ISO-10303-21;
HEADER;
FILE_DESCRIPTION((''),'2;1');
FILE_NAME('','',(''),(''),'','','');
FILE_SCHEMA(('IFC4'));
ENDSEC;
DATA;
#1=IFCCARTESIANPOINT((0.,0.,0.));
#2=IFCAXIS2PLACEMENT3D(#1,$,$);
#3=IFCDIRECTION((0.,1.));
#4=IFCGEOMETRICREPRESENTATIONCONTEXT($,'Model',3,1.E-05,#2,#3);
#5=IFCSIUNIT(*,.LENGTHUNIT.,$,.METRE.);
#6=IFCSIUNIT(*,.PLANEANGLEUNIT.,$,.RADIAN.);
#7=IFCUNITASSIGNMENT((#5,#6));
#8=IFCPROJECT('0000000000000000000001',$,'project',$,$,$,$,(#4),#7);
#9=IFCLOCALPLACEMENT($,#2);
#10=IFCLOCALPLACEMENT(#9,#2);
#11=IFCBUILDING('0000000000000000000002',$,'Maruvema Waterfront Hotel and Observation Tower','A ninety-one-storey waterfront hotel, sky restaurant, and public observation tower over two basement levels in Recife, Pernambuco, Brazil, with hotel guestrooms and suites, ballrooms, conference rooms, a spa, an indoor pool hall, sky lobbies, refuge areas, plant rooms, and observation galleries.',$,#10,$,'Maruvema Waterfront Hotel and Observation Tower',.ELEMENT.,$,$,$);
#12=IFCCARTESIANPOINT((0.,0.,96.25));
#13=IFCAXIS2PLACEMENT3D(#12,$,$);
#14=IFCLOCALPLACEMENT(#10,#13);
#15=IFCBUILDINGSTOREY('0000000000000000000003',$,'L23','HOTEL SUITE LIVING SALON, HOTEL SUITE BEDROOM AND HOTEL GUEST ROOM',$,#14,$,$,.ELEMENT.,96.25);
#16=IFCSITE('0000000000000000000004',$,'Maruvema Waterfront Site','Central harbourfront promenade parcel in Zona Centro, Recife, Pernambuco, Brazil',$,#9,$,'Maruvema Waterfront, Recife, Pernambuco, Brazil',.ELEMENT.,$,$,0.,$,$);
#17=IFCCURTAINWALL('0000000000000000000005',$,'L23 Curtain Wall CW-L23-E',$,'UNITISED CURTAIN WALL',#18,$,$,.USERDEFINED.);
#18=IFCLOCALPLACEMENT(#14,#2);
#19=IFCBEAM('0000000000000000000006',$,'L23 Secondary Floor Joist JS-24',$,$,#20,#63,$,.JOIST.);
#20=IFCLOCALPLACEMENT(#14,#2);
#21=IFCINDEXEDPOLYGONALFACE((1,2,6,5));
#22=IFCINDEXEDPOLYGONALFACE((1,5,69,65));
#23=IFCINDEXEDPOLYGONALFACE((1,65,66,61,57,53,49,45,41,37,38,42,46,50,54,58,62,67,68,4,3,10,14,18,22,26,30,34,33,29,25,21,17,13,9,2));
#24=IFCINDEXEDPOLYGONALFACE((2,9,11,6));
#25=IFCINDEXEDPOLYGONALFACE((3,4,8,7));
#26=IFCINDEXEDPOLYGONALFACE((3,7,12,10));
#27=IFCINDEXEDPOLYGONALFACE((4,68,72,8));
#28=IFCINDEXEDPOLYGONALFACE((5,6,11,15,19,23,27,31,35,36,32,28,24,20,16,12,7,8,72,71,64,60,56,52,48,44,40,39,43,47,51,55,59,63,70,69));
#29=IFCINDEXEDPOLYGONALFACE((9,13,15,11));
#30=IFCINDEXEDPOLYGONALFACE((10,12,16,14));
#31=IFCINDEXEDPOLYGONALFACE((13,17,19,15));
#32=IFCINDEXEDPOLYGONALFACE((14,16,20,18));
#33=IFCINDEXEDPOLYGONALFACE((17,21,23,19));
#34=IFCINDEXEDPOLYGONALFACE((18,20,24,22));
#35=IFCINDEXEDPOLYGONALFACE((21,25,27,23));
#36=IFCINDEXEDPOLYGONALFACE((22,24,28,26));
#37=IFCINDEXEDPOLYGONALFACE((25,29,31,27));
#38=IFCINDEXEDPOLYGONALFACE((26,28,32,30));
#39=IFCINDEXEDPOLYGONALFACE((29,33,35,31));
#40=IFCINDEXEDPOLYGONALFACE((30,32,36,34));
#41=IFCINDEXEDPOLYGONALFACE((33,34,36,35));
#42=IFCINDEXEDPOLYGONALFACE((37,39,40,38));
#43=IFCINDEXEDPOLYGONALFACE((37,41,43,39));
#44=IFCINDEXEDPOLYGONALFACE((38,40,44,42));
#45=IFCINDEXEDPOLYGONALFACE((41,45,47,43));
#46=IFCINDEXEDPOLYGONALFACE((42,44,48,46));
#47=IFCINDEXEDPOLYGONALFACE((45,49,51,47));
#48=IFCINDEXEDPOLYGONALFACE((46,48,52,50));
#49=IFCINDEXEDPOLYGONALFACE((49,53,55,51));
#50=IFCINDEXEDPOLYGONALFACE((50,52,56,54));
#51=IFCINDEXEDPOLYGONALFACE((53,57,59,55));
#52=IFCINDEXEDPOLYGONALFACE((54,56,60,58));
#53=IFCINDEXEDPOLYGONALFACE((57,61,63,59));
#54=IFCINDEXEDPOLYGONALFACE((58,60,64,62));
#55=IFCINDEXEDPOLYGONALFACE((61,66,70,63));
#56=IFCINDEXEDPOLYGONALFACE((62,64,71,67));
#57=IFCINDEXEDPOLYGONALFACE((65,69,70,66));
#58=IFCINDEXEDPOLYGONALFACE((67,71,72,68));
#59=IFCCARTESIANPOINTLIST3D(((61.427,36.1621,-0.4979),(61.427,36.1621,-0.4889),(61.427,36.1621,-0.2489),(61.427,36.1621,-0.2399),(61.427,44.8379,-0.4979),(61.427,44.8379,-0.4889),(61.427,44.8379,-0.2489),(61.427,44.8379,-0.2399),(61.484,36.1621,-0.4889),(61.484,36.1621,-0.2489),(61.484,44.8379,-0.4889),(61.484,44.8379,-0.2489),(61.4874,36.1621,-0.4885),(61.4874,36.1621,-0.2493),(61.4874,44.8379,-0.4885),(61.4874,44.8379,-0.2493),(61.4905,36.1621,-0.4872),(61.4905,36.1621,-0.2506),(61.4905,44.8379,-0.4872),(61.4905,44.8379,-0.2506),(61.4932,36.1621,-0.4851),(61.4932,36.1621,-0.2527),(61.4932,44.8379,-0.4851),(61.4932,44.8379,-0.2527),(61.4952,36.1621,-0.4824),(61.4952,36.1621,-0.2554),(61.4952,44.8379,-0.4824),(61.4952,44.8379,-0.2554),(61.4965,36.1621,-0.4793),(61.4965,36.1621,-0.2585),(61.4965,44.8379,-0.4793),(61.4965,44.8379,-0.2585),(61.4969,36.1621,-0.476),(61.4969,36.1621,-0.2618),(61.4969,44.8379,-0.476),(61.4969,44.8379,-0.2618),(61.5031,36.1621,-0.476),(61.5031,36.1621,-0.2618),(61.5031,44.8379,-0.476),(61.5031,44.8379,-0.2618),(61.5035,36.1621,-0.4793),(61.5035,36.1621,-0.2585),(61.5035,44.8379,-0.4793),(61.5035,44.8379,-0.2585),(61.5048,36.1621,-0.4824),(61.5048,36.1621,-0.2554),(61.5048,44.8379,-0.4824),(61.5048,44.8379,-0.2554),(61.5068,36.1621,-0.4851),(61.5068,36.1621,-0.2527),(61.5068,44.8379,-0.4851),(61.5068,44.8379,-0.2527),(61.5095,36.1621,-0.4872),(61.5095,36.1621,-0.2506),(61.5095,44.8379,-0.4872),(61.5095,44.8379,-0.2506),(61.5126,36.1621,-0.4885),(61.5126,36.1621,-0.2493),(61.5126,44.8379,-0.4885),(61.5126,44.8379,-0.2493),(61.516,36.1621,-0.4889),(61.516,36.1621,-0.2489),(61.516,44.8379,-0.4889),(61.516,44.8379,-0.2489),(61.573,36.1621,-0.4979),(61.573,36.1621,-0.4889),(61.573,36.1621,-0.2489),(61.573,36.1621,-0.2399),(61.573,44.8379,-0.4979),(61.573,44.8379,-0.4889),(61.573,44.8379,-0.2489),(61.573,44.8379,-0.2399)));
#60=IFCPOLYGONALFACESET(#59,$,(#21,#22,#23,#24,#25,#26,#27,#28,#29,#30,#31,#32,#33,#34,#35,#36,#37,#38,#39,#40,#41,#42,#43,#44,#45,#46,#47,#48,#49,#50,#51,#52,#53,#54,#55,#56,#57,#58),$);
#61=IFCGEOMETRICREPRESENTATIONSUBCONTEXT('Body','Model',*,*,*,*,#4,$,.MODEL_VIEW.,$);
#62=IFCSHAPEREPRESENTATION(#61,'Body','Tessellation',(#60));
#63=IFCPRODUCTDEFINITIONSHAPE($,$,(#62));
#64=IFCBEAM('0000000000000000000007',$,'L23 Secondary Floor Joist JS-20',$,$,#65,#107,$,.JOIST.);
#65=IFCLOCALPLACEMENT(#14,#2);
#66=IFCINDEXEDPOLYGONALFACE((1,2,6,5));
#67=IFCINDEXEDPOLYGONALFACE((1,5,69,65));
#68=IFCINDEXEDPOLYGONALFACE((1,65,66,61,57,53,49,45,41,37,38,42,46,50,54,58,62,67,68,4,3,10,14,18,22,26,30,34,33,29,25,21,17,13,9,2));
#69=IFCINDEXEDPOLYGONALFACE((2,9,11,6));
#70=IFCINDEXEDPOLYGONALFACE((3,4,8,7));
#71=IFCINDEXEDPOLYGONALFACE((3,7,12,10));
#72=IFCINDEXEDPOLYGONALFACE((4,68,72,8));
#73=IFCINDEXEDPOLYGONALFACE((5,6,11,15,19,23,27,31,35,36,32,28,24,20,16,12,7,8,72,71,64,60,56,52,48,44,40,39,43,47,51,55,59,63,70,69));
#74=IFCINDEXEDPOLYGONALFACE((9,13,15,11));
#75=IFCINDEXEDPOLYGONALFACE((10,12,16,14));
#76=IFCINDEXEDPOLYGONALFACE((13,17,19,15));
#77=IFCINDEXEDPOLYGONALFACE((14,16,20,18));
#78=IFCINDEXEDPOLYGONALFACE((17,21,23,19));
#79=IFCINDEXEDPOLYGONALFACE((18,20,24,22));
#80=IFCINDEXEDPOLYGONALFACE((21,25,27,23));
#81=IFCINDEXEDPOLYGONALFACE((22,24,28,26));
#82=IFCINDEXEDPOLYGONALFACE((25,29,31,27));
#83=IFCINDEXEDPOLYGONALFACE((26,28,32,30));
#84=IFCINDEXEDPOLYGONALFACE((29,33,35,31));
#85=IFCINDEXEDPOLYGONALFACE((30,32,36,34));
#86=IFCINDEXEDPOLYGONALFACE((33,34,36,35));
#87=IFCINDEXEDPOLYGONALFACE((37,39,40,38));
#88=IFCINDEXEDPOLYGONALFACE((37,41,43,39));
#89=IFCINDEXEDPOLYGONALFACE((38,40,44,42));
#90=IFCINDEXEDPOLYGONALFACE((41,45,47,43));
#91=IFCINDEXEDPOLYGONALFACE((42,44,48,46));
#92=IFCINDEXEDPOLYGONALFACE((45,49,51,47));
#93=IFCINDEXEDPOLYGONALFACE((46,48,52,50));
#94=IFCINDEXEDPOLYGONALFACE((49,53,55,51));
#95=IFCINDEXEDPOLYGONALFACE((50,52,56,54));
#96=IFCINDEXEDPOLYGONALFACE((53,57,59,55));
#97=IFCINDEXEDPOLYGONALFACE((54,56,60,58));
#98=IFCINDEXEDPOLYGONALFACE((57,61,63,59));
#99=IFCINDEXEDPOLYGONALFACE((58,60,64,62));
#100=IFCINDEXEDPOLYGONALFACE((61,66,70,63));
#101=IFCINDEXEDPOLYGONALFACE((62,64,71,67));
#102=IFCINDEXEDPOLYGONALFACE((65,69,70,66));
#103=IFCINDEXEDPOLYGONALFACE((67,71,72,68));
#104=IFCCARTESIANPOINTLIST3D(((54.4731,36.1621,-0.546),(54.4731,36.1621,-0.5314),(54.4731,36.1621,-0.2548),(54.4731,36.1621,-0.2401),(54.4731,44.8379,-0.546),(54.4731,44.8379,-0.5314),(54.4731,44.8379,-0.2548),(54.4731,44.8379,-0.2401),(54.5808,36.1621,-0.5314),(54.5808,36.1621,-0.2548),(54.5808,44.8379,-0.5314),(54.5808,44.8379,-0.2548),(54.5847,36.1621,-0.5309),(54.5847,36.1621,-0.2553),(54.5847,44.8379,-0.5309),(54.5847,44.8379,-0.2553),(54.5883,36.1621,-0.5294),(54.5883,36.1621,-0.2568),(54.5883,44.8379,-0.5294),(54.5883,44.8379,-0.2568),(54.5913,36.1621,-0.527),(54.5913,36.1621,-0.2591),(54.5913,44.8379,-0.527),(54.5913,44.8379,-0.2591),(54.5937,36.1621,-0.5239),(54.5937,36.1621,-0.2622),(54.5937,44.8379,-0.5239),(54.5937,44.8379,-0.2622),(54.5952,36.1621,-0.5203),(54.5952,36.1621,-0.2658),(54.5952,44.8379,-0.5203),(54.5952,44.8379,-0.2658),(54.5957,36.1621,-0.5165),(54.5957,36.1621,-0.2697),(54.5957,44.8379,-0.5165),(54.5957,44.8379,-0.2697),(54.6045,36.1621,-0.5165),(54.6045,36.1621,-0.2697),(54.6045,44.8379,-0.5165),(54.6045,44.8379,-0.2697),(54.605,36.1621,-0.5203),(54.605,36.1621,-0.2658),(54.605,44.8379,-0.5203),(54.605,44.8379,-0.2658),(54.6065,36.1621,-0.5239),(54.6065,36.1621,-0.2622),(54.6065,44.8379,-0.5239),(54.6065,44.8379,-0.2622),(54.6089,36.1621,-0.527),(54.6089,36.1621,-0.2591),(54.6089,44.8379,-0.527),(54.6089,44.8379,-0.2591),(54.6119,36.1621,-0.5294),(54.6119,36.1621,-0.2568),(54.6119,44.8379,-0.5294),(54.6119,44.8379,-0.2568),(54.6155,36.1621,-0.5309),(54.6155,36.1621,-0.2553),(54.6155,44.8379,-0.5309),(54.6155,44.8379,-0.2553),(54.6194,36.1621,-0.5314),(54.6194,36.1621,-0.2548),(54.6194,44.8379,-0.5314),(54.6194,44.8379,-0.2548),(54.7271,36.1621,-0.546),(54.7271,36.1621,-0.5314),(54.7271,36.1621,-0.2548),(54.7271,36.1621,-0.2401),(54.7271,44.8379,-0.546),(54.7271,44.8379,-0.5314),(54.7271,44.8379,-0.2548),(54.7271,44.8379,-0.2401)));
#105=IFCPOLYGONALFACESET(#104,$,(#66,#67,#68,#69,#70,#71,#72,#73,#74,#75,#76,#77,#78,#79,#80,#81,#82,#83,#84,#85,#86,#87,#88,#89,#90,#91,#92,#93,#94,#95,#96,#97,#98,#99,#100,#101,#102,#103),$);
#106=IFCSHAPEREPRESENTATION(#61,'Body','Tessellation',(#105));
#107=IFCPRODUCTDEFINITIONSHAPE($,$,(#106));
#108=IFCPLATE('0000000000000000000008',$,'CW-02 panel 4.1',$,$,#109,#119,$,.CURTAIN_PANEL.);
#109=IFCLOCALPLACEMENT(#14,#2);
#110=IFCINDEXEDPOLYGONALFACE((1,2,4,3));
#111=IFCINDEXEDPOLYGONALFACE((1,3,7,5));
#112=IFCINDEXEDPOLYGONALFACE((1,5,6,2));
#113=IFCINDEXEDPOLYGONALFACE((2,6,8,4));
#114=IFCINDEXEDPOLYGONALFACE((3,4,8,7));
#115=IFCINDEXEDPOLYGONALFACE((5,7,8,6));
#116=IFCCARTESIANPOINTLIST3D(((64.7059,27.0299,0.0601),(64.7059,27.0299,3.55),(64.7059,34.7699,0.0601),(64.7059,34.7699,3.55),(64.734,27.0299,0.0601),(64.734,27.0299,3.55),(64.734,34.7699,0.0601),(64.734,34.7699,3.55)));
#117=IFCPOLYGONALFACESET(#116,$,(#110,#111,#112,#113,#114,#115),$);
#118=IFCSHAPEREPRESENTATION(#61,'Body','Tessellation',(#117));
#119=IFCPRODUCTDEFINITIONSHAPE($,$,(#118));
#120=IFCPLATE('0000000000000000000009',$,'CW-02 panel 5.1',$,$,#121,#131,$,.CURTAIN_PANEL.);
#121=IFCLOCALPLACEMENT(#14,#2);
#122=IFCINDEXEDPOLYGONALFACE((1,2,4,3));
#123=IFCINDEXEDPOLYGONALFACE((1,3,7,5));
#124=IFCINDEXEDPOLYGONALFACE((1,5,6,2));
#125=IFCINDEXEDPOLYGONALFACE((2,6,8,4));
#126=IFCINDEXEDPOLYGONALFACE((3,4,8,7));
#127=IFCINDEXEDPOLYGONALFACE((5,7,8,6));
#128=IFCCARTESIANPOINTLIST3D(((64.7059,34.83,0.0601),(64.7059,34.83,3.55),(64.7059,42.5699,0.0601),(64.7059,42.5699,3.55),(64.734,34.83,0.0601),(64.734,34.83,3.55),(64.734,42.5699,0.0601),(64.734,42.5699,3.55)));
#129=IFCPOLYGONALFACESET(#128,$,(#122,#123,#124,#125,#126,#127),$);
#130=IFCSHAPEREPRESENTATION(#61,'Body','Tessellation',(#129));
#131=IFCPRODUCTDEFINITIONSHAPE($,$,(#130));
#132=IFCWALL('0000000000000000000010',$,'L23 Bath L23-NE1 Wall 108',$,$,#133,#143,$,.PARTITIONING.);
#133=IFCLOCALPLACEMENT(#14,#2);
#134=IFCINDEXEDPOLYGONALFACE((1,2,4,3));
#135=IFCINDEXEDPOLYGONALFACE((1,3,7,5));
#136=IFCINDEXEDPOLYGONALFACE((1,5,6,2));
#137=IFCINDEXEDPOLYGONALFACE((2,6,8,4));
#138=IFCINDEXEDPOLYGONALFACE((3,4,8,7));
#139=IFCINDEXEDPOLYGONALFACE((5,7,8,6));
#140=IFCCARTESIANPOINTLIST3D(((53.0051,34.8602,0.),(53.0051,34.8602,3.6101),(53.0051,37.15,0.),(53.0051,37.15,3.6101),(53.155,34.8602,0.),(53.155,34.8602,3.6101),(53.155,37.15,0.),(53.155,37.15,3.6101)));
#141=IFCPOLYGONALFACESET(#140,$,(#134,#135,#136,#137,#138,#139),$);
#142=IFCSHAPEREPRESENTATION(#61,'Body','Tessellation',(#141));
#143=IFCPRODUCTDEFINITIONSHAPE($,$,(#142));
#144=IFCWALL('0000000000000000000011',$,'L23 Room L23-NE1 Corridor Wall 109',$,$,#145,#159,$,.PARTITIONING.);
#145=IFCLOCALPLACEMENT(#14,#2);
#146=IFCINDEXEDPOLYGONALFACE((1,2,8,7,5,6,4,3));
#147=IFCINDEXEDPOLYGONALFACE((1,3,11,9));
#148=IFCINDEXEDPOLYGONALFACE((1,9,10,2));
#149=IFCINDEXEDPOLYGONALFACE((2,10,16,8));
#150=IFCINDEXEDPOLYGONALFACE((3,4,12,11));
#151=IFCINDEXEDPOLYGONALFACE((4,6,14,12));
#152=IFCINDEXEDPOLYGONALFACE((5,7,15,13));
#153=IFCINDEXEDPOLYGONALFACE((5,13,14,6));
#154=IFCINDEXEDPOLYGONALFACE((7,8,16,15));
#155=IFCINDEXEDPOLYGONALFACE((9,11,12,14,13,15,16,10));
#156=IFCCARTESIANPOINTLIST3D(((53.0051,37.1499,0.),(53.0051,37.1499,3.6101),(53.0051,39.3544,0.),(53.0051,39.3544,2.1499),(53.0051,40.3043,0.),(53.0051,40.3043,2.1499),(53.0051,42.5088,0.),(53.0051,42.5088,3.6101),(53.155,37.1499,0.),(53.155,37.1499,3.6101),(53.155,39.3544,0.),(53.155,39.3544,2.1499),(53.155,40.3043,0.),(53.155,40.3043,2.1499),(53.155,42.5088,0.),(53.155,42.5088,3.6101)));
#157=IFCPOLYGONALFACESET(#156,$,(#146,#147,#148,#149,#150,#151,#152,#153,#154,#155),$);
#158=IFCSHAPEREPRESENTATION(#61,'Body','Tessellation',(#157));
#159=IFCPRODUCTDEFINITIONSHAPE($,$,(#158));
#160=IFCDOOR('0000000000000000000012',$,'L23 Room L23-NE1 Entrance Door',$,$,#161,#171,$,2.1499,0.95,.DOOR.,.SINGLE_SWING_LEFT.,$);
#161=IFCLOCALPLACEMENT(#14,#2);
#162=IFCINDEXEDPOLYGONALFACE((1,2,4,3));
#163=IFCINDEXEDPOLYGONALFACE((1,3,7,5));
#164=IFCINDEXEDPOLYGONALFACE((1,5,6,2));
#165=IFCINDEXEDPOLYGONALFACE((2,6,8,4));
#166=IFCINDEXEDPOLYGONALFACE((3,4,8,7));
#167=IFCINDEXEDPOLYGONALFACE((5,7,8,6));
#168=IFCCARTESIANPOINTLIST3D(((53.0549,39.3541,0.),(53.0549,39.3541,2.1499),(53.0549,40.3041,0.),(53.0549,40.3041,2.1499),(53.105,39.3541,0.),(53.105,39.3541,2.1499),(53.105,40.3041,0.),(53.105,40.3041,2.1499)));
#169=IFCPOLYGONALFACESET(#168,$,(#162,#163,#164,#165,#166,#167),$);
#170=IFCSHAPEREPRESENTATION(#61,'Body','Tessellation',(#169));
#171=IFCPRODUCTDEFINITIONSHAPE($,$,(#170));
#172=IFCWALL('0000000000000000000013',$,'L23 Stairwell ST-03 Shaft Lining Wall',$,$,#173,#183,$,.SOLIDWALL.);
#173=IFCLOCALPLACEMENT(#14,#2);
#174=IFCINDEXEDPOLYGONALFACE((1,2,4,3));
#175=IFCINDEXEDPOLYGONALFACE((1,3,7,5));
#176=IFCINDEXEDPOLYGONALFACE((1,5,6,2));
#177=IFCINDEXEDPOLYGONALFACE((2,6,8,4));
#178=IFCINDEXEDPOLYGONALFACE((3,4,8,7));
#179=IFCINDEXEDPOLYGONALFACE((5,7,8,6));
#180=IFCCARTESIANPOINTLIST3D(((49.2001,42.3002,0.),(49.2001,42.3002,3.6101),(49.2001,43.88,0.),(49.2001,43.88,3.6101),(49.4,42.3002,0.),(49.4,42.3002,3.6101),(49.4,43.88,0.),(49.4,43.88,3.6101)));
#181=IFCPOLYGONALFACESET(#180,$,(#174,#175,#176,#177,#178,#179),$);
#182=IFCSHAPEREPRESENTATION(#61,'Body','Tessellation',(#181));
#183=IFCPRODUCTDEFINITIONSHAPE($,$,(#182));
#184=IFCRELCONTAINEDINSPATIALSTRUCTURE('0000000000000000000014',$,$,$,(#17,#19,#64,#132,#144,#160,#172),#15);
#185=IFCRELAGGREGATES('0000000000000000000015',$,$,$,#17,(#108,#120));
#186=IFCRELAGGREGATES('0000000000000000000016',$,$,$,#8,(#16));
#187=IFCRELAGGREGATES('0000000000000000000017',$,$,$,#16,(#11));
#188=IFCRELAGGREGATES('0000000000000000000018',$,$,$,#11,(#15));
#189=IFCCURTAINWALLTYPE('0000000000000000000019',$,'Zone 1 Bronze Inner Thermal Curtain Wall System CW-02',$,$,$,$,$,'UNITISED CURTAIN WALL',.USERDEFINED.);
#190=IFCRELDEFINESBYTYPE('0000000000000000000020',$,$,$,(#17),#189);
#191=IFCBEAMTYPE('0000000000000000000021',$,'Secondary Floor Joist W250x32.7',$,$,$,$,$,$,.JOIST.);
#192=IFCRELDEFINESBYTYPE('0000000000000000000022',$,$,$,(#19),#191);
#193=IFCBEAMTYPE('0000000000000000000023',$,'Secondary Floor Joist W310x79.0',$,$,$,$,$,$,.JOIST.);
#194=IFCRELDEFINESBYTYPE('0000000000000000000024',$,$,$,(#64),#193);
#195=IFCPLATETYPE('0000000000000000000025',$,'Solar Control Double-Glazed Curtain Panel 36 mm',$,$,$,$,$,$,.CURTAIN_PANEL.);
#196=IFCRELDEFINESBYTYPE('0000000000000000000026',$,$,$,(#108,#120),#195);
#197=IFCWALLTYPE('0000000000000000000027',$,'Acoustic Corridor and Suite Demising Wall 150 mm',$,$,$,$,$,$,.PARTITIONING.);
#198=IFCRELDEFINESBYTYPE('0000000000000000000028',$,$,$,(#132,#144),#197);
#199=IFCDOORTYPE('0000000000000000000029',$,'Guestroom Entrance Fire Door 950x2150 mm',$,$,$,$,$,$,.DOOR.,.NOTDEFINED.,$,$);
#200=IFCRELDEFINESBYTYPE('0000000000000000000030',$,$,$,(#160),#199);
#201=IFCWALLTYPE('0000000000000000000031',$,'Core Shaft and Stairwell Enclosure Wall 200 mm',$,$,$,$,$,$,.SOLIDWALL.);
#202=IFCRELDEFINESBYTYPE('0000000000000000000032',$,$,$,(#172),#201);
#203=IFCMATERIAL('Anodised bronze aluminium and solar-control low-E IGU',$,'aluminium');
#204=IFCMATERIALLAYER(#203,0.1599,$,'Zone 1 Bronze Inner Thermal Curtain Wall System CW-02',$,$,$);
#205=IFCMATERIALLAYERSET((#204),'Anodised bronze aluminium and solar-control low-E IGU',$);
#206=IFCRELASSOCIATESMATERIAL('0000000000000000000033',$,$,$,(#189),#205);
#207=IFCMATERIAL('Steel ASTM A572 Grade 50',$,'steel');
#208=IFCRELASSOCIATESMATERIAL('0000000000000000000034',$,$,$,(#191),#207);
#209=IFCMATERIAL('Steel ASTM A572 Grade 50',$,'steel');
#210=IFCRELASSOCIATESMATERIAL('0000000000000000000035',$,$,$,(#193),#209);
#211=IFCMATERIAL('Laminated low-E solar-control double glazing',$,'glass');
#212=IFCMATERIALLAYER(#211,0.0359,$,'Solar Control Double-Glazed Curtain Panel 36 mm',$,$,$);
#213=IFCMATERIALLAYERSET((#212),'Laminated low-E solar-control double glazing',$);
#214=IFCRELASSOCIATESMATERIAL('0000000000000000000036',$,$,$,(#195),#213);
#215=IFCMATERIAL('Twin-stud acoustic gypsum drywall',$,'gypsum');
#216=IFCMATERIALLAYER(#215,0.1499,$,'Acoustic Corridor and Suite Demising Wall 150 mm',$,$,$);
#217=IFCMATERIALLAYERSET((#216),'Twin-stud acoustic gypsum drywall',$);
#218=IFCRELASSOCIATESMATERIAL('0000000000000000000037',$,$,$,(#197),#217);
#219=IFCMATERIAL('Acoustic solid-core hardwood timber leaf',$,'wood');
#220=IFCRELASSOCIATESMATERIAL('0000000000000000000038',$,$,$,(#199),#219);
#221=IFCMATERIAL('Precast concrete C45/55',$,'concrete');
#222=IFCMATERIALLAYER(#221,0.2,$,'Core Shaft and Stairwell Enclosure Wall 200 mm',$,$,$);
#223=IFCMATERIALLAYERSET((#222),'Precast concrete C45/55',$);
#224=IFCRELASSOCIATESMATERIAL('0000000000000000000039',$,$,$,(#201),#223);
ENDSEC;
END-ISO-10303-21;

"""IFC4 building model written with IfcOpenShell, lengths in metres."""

from ifc_helpers import new_model, si_unit, direction, frame, frame_2d, origin, origin_2d, place, context, subcontext, project, spatial, rectangle, i_section, extrude, material, layer, layer_set, material_profile, profile_set, type_object, element, fill, aggregate, save


model = new_model("IFC4")

# Units and contexts
model_context = context("Model", 3, precision=1e-05, world=origin(), true_north=direction((0.0, 1.0)))
body_context = subcontext(model_context, "Body", "Model", "MODEL_VIEW")
ifc_project = project(units=[si_unit("LENGTHUNIT", "METRE"), si_unit("PLANEANGLEUNIT", "RADIAN")], contexts=[model_context])

# Site, building, storey
site_placement = place(None, origin())
site = spatial("IfcSite", under=ifc_project, at=site_placement, Name="Maruvema Waterfront Site", Description="Central harbourfront promenade parcel in Zona Centro, Recife, Pernambuco, Brazil", LongName="Maruvema Waterfront, Recife, Pernambuco, Brazil", CompositionType="ELEMENT", RefElevation=0.0)
building_placement = place(site_placement, origin())
building = spatial("IfcBuilding", under=site, at=building_placement, Name="Maruvema Waterfront Hotel and Observation Tower", Description="A ninety-one-storey waterfront hotel, sky restaurant, and public observation tower over two basement levels in Recife, Pernambuco, Brazil, with hotel guestrooms and suites, ballrooms, conference rooms, a spa, an indoor pool hall, sky lobbies, refuge areas, plant rooms, and observation galleries.", LongName="Maruvema Waterfront Hotel and Observation Tower", CompositionType="ELEMENT")
storey_placement = place(building_placement, frame((0.0, 0.0, 96.25)))
storey = spatial("IfcBuildingStorey", under=building, at=storey_placement, Name="L23", Description="HOTEL SUITE LIVING SALON, HOTEL SUITE BEDROOM AND HOTEL GUEST ROOM", CompositionType="ELEMENT", Elevation=96.25)

# Curtain wall
ifc_material_1 = material(Name="Anodised bronze aluminium and solar-control low-E IGU", Category="aluminium")
ifc_layer_1 = layer(ifc_material_1, 0.1599, Name="Zone 1 Bronze Inner Thermal Curtain Wall System CW-02")
ifc_layer_set_1 = layer_set([ifc_layer_1], Name="Anodised bronze aluminium and solar-control low-E IGU")
curtain_wall_type = type_object("IfcCurtainWallType", Name="Zone 1 Bronze Inner Thermal Curtain Wall System CW-02", ElementType="UNITISED CURTAIN WALL", PredefinedType="USERDEFINED", material=ifc_layer_set_1)
curtain_wall_placement = place(storey_placement, origin())
curtain_wall = element("IfcCurtainWall", 1, at=curtain_wall_placement, inside=storey, type_object=curtain_wall_type, Name="L23 Curtain Wall CW-L23-E", ObjectType="UNITISED CURTAIN WALL", PredefinedType="USERDEFINED")

# Beams
ifc_material_2 = material(Name="Steel ASTM A572 Grade 50", Category="steel")
ifc_material_profile_1 = material_profile(ifc_material_2, i_section(OverallWidth=0.146, OverallDepth=0.2581, WebThickness=0.0061, FlangeThickness=0.009, FilletRadius=0.0129, at=origin_2d()), Name="W250x32.7")
ifc_profile_set_1 = profile_set([ifc_material_profile_1], Name="Steel ASTM A572 Grade 50")
beam_type_1 = type_object("IfcBeamType", Name="Secondary Floor Joist W250x32.7", PredefinedType="JOIST", material=ifc_profile_set_1)
beam_1_placement = place(storey_placement, frame((61.5, 36.1621, -0.3689), z_axis=(0.0, 1.0, 0.0), x_axis=(-1.0, 0.0, 0.0)))
element("IfcBeam", 2, at=beam_1_placement, inside=storey, type_object=beam_type_1, Name="L23 Secondary Floor Joist JS-24", PredefinedType="JOIST", context=body_context, shape_type="SweptSolid", body=[
    extrude(i_section(OverallWidth=0.146, OverallDepth=0.2581, WebThickness=0.0061, FlangeThickness=0.009, FilletRadius=0.0129, at=origin_2d()), origin(), (0.0, 0.0, 1.0), 8.6758),
])
ifc_material_3 = material(Name="Steel ASTM A572 Grade 50", Category="steel")
ifc_material_profile_2 = material_profile(ifc_material_3, i_section(OverallWidth=0.2539, OverallDepth=0.3059, WebThickness=0.0088, FlangeThickness=0.0146, FilletRadius=0.0149, at=origin_2d()), Name="W310x79.0")
ifc_profile_set_2 = profile_set([ifc_material_profile_2], Name="Steel ASTM A572 Grade 50")
beam_type_2 = type_object("IfcBeamType", Name="Secondary Floor Joist W310x79.0", PredefinedType="JOIST", material=ifc_profile_set_2)
beam_2_placement = place(storey_placement, frame((54.6001, 36.1621, -0.3931), z_axis=(0.0, 1.0, 0.0), x_axis=(-1.0, 0.0, 0.0)))
element("IfcBeam", 3, at=beam_2_placement, inside=storey, type_object=beam_type_2, Name="L23 Secondary Floor Joist JS-20", PredefinedType="JOIST", context=body_context, shape_type="SweptSolid", body=[
    extrude(i_section(OverallWidth=0.2539, OverallDepth=0.3059, WebThickness=0.0088, FlangeThickness=0.0146, FilletRadius=0.0149, at=origin_2d()), origin(), (0.0, 0.0, 1.0), 8.6758),
])

# Plates
ifc_material_4 = material(Name="Laminated low-E solar-control double glazing", Category="glass")
ifc_layer_2 = layer(ifc_material_4, 0.0359, Name="Solar Control Double-Glazed Curtain Panel 36 mm")
ifc_layer_set_2 = layer_set([ifc_layer_2], Name="Laminated low-E solar-control double glazing")
plate_type = type_object("IfcPlateType", Name="Solar Control Double-Glazed Curtain Panel 36 mm", PredefinedType="CURTAIN_PANEL", material=ifc_layer_set_2)
plate_1_placement = place(storey_placement, frame((64.72, 30.8999, 0.0601), z_axis=(0.0, 0.0, 1.0), x_axis=(0.0, 1.0, 0.0)))
plate_1 = element("IfcPlate", 4, at=plate_1_placement, type_object=plate_type, Name="CW-02 panel 4.1", PredefinedType="CURTAIN_PANEL", context=body_context, shape_type="SweptSolid", body=[
    extrude(rectangle(XDim=7.74, YDim=0.0281, at=origin_2d()), origin(), (0.0, 0.0, 1.0), 3.49),
])
plate_2_placement = place(storey_placement, frame((64.72, 38.7, 0.0601), z_axis=(0.0, 0.0, 1.0), x_axis=(0.0, 1.0, 0.0)))
plate_2 = element("IfcPlate", 5, at=plate_2_placement, type_object=plate_type, Name="CW-02 panel 5.1", PredefinedType="CURTAIN_PANEL", context=body_context, shape_type="SweptSolid", body=[
    extrude(rectangle(XDim=7.74, YDim=0.0281, at=origin_2d()), origin(), (0.0, 0.0, 1.0), 3.49),
])
aggregate(curtain_wall, [plate_1, plate_2])

# Wall
ifc_material_5 = material(Name="Twin-stud acoustic gypsum drywall", Category="gypsum")
ifc_layer_3 = layer(ifc_material_5, 0.1499, Name="Acoustic Corridor and Suite Demising Wall 150 mm")
ifc_layer_set_3 = layer_set([ifc_layer_3], Name="Twin-stud acoustic gypsum drywall")
wall_type_1 = type_object("IfcWallType", Name="Acoustic Corridor and Suite Demising Wall 150 mm", PredefinedType="PARTITIONING", material=ifc_layer_set_3)
wall_1_placement = place(storey_placement, frame((53.0801, 34.8601, 0.0), z_axis=(0.0, 0.0, 1.0), x_axis=(0.0, 1.0, 0.0)))
element("IfcWall", 6, at=wall_1_placement, inside=storey, type_object=wall_type_1, Name="L23 Bath L23-NE1 Wall 108", PredefinedType="PARTITIONING", context=body_context, shape_type="SweptSolid", body=[
    extrude(rectangle(XDim=2.2898, YDim=0.1499, at=frame_2d((1.145, 0.0))), origin(), (0.0, 0.0, 1.0), 3.6101),
])

# Wall, opening, door
wall_2_placement = place(storey_placement, frame((53.0801, 37.1499, 0.0), z_axis=(0.0, 0.0, 1.0), x_axis=(0.0, 1.0, 0.0)))
wall_2 = element("IfcWall", 7, at=wall_2_placement, inside=storey, type_object=wall_type_1, Name="L23 Room L23-NE1 Corridor Wall 109", PredefinedType="PARTITIONING", context=body_context, shape_type="SweptSolid", body=[
    extrude(rectangle(XDim=5.3589, YDim=0.1499, at=frame_2d((2.6794, 0.0))), origin(), (0.0, 0.0, 1.0), 3.6101),
])
opening_1_placement = place(wall_2_placement, frame((2.2043, 0.0, 0.0)))
opening_1 = element("IfcOpeningElement", 8, at=opening_1_placement, cuts=wall_2, PredefinedType="OPENING", context=body_context, shape_type="SweptSolid", body=[
    extrude(rectangle(XDim=0.95, YDim=2.1499, at=frame_2d((0.4751, 1.075))), frame((0.0, 0.085, 0.0), z_axis=(0.0, -1.0, 0.0), x_axis=(1.0, 0.0, 0.0)), (0.0, 0.0, 1.0), 0.1699),
])
ifc_material_6 = material(Name="Acoustic solid-core hardwood timber leaf", Category="wood")
door_type_1 = type_object("IfcDoorType", Name="Guestroom Entrance Fire Door 950x2150 mm", OperationType="NOTDEFINED", PredefinedType="DOOR", material=ifc_material_6)
door_1_placement = place(opening_1_placement, frame((0.95, 0.0, 0.0), z_axis=(0.0, 0.0, 1.0), x_axis=(-1.0, 0.0, 0.0)))
door_1 = element("IfcDoor", 9, at=door_1_placement, inside=storey, type_object=door_type_1, Name="L23 Room L23-NE1 Entrance Door", OperationType="SINGLE_SWING_LEFT", OverallHeight=2.1499, OverallWidth=0.95, PredefinedType="DOOR", context=body_context, shape_type="SweptSolid", body=[
    extrude(rectangle(XDim=0.95, YDim=2.1499, at=frame_2d((0.4751, 1.075))), frame((0.0, 0.0249, 0.0), z_axis=(0.0, -1.0, 0.0), x_axis=(1.0, 0.0, 0.0)), (0.0, 0.0, 1.0), 0.05),
])
fill(opening_1, door_1)

# Wall
ifc_material_7 = material(Name="Precast concrete C45/55", Category="concrete")
ifc_layer_4 = layer(ifc_material_7, 0.2, Name="Core Shaft and Stairwell Enclosure Wall 200 mm")
ifc_layer_set_4 = layer_set([ifc_layer_4], Name="Precast concrete C45/55")
wall_type_2 = type_object("IfcWallType", Name="Core Shaft and Stairwell Enclosure Wall 200 mm", PredefinedType="SOLIDWALL", material=ifc_layer_set_4)
wall_3_placement = place(storey_placement, frame((49.3, 42.3, 0.0), z_axis=(0.0, 0.0, 1.0), x_axis=(0.0, 1.0, 0.0)))
element("IfcWall", 10, at=wall_3_placement, inside=storey, type_object=wall_type_2, Name="L23 Stairwell ST-03 Shaft Lining Wall", PredefinedType="SOLIDWALL", context=body_context, shape_type="SweptSolid", body=[
    extrude(rectangle(XDim=1.5798, YDim=0.2, at=frame_2d((0.79, 0.0))), origin(), (0.0, 0.0, 1.0), 3.6101),
])

save(model, "model.ifc")
